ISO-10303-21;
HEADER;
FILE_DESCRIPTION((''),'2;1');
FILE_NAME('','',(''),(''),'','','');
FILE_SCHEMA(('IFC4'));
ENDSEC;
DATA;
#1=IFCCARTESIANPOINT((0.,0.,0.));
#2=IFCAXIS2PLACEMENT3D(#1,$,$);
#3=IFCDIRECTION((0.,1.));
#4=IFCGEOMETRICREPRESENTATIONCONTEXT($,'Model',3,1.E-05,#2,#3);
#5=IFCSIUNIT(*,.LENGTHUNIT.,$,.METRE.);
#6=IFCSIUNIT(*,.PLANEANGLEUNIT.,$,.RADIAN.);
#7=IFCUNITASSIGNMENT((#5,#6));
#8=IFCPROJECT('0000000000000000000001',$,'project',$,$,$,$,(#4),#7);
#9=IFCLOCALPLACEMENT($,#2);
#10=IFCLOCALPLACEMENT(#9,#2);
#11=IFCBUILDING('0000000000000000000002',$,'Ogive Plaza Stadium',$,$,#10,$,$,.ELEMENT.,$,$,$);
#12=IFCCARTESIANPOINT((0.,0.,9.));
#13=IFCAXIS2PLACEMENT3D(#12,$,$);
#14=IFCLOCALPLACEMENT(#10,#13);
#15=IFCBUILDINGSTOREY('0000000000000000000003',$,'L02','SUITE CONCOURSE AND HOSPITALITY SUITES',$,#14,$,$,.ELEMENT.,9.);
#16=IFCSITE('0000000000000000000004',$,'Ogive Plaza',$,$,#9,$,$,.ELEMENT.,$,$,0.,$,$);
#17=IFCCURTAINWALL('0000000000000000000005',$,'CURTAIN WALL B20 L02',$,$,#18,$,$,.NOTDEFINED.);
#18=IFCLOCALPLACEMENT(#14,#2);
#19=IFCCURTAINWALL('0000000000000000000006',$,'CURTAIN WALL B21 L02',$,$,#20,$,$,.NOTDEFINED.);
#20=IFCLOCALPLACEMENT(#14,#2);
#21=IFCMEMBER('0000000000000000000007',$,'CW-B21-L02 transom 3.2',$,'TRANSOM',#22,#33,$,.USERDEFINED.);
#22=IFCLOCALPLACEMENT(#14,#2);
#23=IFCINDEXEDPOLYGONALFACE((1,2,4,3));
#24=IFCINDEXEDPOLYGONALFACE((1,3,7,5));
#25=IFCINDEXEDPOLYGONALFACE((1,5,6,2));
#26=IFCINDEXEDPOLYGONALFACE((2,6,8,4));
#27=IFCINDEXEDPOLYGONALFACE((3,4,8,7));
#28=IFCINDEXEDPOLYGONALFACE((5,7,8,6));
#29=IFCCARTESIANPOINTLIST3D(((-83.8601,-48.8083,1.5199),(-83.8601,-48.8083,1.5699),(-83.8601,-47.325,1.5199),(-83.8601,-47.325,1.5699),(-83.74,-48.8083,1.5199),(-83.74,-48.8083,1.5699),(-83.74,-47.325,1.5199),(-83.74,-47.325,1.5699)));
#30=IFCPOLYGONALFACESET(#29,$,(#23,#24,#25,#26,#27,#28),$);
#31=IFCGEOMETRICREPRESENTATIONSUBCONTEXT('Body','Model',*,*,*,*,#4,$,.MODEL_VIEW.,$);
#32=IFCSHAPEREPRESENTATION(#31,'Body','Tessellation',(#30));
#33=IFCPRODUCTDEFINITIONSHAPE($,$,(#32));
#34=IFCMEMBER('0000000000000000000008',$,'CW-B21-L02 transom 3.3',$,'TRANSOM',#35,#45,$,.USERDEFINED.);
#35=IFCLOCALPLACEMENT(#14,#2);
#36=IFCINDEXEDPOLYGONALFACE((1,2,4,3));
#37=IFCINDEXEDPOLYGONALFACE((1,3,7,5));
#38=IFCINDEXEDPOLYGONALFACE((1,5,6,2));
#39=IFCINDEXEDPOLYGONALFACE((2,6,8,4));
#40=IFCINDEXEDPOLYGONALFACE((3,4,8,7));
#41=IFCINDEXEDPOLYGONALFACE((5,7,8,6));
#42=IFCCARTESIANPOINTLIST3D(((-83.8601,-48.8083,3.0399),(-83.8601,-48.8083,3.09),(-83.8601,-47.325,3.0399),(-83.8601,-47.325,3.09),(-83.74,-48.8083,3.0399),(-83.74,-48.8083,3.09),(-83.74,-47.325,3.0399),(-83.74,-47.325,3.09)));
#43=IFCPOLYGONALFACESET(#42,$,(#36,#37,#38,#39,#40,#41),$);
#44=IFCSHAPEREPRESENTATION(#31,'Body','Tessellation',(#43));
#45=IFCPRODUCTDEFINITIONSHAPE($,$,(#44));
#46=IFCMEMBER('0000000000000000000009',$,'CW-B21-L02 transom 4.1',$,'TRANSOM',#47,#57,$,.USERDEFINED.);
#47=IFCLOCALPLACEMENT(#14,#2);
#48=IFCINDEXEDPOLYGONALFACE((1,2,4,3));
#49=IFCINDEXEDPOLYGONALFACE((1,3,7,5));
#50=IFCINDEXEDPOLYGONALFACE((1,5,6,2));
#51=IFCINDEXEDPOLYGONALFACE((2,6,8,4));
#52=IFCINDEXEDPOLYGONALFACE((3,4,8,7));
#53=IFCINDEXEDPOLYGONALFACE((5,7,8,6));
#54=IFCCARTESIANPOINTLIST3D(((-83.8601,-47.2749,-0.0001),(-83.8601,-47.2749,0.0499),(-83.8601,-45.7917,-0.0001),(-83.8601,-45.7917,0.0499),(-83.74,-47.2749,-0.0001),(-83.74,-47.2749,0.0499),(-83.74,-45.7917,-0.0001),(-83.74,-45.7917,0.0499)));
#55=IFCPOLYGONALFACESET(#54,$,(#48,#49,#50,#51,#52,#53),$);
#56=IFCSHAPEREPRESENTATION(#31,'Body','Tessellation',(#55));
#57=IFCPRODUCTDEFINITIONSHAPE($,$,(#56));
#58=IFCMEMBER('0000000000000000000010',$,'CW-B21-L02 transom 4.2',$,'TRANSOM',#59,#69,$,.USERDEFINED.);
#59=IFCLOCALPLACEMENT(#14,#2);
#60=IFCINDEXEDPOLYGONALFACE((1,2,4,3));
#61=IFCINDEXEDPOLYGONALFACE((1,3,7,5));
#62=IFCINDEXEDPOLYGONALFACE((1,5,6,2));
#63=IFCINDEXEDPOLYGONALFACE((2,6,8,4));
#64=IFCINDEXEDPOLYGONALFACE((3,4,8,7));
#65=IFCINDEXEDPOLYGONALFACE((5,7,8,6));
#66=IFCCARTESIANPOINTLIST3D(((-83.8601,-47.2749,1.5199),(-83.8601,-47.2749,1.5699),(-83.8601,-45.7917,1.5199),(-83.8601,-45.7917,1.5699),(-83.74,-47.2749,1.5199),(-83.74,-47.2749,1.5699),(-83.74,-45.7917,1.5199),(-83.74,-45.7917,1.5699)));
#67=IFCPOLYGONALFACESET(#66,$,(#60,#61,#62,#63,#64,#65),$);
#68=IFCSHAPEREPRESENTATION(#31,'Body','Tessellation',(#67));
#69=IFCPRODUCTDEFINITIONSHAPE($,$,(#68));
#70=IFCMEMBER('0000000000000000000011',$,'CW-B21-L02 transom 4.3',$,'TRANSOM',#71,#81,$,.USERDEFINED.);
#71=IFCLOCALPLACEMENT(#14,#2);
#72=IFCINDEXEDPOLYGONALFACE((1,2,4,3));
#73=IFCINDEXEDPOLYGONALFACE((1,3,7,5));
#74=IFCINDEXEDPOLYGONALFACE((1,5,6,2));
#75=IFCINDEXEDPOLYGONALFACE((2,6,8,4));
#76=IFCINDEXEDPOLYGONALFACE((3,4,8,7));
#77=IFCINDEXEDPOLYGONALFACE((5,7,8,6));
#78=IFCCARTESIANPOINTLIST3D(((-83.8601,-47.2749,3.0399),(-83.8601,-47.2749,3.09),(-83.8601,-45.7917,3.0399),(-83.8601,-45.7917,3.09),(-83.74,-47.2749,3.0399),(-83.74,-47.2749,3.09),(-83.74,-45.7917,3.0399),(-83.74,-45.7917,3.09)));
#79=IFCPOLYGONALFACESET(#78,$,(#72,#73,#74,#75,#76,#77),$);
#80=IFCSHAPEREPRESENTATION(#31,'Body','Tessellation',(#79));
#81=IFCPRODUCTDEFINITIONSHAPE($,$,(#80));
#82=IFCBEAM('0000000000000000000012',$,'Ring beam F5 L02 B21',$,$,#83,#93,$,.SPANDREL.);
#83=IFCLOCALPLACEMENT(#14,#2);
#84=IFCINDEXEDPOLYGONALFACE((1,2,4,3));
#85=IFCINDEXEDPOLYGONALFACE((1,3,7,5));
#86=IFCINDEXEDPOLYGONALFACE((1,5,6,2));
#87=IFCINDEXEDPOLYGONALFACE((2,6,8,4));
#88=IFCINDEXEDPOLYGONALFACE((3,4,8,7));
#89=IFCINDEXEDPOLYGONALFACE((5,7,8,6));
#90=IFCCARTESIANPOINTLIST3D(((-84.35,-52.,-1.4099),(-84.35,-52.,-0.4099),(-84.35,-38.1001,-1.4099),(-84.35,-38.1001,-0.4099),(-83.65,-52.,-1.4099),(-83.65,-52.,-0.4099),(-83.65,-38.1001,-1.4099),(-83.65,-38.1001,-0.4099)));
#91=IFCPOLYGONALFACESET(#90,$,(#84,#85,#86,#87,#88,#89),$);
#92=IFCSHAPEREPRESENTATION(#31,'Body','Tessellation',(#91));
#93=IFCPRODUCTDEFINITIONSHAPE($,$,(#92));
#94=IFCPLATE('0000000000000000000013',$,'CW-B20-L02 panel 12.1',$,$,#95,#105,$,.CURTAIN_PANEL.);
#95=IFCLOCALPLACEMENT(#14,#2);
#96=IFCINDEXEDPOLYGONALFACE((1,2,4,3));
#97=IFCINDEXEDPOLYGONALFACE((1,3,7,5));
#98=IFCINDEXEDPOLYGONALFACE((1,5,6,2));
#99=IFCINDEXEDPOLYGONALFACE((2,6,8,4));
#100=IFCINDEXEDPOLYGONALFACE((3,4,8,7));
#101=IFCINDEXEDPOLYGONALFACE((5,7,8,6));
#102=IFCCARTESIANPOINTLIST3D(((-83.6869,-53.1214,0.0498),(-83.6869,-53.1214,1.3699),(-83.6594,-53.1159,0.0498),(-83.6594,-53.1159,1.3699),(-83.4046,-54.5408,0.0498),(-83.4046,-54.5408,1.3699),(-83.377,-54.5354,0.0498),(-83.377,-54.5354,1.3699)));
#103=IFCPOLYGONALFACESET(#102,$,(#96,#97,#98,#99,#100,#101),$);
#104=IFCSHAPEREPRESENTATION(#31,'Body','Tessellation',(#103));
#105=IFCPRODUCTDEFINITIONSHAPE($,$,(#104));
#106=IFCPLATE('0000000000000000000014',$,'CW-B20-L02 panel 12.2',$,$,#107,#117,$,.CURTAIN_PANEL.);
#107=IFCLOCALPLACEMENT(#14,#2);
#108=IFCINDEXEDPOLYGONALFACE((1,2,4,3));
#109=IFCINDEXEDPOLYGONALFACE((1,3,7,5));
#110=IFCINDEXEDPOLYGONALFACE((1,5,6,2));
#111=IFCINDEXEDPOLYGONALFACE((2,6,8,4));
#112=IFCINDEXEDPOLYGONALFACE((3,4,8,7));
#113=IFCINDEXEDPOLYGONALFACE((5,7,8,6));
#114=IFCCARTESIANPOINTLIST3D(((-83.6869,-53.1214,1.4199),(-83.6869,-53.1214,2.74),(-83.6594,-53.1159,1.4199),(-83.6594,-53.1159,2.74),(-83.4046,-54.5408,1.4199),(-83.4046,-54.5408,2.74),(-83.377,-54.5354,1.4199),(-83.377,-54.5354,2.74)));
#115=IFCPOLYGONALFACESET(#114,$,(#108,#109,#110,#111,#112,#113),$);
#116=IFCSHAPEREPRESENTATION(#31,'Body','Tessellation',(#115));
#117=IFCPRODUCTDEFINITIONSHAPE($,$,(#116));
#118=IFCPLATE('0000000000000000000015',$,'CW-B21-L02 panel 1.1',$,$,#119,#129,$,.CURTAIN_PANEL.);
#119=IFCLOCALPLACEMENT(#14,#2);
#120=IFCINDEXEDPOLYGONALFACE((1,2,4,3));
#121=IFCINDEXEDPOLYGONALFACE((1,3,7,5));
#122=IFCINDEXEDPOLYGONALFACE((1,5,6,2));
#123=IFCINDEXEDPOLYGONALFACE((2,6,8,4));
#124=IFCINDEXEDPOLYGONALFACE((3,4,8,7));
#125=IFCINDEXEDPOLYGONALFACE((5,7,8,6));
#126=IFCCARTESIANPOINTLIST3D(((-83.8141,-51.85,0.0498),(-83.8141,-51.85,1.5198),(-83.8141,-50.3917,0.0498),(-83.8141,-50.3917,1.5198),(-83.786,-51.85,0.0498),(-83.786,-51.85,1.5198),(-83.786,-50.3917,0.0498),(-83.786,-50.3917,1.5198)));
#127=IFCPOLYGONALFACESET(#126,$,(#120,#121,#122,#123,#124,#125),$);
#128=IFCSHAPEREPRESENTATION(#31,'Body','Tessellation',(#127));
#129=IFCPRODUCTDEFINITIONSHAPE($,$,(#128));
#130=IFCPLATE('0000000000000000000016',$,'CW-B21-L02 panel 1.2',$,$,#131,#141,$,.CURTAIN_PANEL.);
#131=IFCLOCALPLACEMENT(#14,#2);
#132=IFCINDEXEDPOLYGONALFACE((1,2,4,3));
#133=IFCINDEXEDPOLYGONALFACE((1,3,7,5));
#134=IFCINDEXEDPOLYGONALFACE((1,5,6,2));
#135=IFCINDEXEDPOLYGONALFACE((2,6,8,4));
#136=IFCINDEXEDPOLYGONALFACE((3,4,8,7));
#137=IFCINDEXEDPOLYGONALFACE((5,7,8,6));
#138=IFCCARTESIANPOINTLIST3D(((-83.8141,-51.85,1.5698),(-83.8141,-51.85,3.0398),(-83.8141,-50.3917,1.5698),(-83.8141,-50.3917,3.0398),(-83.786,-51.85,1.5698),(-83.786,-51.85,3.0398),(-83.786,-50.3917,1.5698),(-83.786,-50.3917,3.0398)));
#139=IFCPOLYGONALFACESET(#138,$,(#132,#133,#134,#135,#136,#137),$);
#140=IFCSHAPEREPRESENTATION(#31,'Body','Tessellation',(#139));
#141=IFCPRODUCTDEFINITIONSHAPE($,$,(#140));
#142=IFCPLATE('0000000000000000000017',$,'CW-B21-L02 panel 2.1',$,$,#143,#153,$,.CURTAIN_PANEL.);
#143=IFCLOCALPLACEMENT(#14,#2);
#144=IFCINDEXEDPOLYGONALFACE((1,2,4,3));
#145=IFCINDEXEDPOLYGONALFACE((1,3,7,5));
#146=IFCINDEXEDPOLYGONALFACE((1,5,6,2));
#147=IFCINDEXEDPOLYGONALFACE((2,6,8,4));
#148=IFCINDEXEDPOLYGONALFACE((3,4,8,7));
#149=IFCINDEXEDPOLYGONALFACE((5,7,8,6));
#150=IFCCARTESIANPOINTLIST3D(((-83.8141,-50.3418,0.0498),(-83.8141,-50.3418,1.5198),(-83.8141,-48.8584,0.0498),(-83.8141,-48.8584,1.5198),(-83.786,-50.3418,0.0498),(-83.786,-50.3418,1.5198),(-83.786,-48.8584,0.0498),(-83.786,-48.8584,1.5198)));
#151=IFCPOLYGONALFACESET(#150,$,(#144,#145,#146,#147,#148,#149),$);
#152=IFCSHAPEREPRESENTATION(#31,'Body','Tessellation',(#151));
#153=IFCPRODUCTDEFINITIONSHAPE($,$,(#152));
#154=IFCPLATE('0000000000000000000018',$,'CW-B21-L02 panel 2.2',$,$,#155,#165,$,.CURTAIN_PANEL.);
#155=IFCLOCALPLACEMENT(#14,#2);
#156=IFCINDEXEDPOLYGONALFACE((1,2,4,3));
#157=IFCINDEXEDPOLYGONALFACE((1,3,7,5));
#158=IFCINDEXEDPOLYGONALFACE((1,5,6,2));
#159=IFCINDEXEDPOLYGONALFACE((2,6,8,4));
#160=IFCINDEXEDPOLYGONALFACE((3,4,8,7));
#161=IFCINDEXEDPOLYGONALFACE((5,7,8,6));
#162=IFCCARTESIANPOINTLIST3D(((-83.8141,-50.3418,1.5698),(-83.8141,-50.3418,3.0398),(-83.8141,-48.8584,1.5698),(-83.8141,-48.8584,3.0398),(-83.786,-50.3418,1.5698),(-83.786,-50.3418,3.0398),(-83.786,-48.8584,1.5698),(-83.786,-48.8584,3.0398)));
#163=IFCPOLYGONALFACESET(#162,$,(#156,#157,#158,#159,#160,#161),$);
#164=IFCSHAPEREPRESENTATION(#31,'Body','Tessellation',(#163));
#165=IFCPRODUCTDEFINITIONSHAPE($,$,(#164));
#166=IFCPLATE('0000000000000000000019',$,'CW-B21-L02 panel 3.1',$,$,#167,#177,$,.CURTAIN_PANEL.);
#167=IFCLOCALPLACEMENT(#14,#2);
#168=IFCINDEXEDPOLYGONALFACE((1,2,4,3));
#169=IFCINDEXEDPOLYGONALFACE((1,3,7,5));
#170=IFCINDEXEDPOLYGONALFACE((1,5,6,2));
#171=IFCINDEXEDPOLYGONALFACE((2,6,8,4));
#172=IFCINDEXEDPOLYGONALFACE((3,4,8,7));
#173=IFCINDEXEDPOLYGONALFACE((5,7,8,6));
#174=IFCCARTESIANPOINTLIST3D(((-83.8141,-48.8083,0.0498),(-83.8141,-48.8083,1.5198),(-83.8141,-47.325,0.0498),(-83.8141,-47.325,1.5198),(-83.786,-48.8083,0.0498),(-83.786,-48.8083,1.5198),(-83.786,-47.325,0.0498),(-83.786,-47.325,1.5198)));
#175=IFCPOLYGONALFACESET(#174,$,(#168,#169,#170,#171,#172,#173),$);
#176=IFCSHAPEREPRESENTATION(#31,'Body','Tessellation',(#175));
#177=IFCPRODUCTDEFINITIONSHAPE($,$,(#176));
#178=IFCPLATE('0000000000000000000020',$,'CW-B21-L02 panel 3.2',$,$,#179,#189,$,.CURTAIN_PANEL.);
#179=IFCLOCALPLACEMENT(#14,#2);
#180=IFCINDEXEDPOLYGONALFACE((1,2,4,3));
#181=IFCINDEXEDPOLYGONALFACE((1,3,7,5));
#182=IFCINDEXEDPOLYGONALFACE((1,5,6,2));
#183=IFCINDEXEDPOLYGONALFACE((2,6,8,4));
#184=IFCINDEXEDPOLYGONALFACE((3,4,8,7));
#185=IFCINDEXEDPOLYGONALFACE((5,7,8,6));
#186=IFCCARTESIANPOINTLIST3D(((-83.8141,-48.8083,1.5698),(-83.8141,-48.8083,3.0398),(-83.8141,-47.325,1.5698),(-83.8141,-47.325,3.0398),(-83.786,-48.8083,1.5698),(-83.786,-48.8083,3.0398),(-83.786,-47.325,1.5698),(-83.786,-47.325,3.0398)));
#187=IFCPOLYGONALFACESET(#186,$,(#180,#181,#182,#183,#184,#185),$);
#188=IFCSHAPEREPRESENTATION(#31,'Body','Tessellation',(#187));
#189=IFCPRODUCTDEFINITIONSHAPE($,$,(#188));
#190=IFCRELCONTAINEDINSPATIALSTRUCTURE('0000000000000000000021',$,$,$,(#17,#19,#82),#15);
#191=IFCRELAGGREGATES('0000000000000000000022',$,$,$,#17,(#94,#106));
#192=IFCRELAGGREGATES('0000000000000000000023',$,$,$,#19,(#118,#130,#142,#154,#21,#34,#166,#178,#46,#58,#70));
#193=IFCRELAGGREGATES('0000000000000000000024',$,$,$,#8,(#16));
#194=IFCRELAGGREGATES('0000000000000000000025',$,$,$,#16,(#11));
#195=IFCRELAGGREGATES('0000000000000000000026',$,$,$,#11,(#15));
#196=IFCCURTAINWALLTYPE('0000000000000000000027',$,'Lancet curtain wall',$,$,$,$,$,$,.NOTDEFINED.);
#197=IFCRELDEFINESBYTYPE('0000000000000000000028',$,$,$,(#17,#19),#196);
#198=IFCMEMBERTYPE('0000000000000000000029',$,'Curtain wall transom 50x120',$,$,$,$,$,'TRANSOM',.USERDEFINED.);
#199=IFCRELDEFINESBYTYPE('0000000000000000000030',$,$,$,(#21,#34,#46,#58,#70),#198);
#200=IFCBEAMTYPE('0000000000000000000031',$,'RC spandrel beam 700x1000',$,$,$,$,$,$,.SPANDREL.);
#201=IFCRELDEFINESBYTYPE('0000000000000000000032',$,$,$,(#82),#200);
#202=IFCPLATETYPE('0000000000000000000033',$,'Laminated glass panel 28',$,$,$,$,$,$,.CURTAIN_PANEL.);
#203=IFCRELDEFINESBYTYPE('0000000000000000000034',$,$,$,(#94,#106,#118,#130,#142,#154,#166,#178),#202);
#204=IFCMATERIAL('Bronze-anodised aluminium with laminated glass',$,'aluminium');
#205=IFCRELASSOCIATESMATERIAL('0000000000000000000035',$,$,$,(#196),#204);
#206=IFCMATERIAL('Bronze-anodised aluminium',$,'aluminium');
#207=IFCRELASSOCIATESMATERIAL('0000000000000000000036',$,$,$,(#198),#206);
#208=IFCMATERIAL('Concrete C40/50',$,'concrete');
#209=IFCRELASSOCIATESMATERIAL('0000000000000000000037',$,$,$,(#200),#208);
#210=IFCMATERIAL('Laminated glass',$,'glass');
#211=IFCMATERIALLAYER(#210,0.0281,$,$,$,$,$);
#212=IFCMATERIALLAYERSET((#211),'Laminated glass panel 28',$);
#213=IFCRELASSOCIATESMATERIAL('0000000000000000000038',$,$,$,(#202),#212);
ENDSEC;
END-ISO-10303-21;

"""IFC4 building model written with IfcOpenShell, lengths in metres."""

from ifc_helpers import new_model, si_unit, direction, frame, origin, origin_2d, place, context, subcontext, project, spatial, rectangle, extrude, material, layer, layer_set, material_profile, profile_set, type_object, element, aggregate, save


model = new_model("IFC4")

# Units and contexts
model_context = context("Model", 3, precision=1e-05, world=origin(), true_north=direction((0.0, 1.0)))
body_context = subcontext(model_context, "Body", "Model", "MODEL_VIEW")
ifc_project = project(units=[si_unit("LENGTHUNIT", "METRE"), si_unit("PLANEANGLEUNIT", "RADIAN")], contexts=[model_context])

# Site, building, storey
site_placement = place(None, origin())
site = spatial("IfcSite", under=ifc_project, at=site_placement, Name="Ogive Plaza", CompositionType="ELEMENT", RefElevation=0.0)
building_placement = place(site_placement, origin())
building = spatial("IfcBuilding", under=site, at=building_placement, Name="Ogive Plaza Stadium", CompositionType="ELEMENT")
storey_placement = place(building_placement, frame((0.0, 0.0, 9.0)))
storey = spatial("IfcBuildingStorey", under=building, at=storey_placement, Name="L02", Description="SUITE CONCOURSE AND HOSPITALITY SUITES", CompositionType="ELEMENT", Elevation=9.0)

# Curtain wall
ifc_material_1 = material(Name="Bronze-anodised aluminium with laminated glass", Category="aluminium")
curtain_wall_type = type_object("IfcCurtainWallType", Name="Lancet curtain wall", PredefinedType="NOTDEFINED", material=ifc_material_1)
curtain_wall_1_placement = place(storey_placement, origin())
curtain_wall_1 = element("IfcCurtainWall", 1, at=curtain_wall_1_placement, inside=storey, type_object=curtain_wall_type, Name="CURTAIN WALL B20 L02", PredefinedType="NOTDEFINED")

# Curtain wall
curtain_wall_2_placement = place(storey_placement, origin())
curtain_wall_2 = element("IfcCurtainWall", 2, at=curtain_wall_2_placement, inside=storey, type_object=curtain_wall_type, Name="CURTAIN WALL B21 L02", PredefinedType="NOTDEFINED")

# Members
ifc_material_2 = material(Name="Bronze-anodised aluminium", Category="aluminium")
ifc_material_profile_1 = material_profile(ifc_material_2, rectangle(XDim=0.1201, YDim=0.05, at=origin_2d()), Name="AL 120x50")
ifc_profile_set_1 = profile_set([ifc_material_profile_1], Name="Bronze-anodised aluminium")
member_type_1 = type_object("IfcMemberType", Name="Curtain wall transom 50x120", ElementType="TRANSOM", PredefinedType="USERDEFINED", material=ifc_profile_set_1)
member_1_placement = place(storey_placement, frame((-83.8, -48.8083, 1.5449), z_axis=(0.0, 1.0, 0.0), x_axis=(-1.0, 0.0, 0.0)))
member_1 = element("IfcMember", 3, at=member_1_placement, type_object=member_type_1, Name="CW-B21-L02 transom 3.2", ObjectType="TRANSOM", PredefinedType="USERDEFINED", context=body_context, shape_type="SweptSolid", body=[
    extrude(rectangle(XDim=0.1201, YDim=0.05, at=origin_2d()), origin(), (0.0, 0.0, 1.0), 1.4834),
])
member_2_placement = place(storey_placement, frame((-83.8, -48.8083, 3.0649), z_axis=(0.0, 1.0, 0.0), x_axis=(-1.0, 0.0, 0.0)))
member_2 = element("IfcMember", 4, at=member_2_placement, type_object=member_type_1, Name="CW-B21-L02 transom 3.3", ObjectType="TRANSOM", PredefinedType="USERDEFINED", context=body_context, shape_type="SweptSolid", body=[
    extrude(rectangle(XDim=0.1201, YDim=0.05, at=origin_2d()), origin(), (0.0, 0.0, 1.0), 1.4834),
])
member_3_placement = place(storey_placement, frame((-83.8, -47.2749, 0.0249), z_axis=(0.0, 1.0, 0.0), x_axis=(-1.0, 0.0, 0.0)))
member_3 = element("IfcMember", 5, at=member_3_placement, type_object=member_type_1, Name="CW-B21-L02 transom 4.1", ObjectType="TRANSOM", PredefinedType="USERDEFINED", context=body_context, shape_type="SweptSolid", body=[
    extrude(rectangle(XDim=0.1201, YDim=0.05, at=origin_2d()), origin(), (0.0, 0.0, 1.0), 1.4832),
])
member_4_placement = place(storey_placement, frame((-83.8, -47.2749, 1.5449), z_axis=(0.0, 1.0, 0.0), x_axis=(-1.0, 0.0, 0.0)))
member_4 = element("IfcMember", 6, at=member_4_placement, type_object=member_type_1, Name="CW-B21-L02 transom 4.2", ObjectType="TRANSOM", PredefinedType="USERDEFINED", context=body_context, shape_type="SweptSolid", body=[
    extrude(rectangle(XDim=0.1201, YDim=0.05, at=origin_2d()), origin(), (0.0, 0.0, 1.0), 1.4832),
])
member_5_placement = place(storey_placement, frame((-83.8, -47.2749, 3.0649), z_axis=(0.0, 1.0, 0.0), x_axis=(-1.0, 0.0, 0.0)))
member_5 = element("IfcMember", 7, at=member_5_placement, type_object=member_type_1, Name="CW-B21-L02 transom 4.3", ObjectType="TRANSOM", PredefinedType="USERDEFINED", context=body_context, shape_type="SweptSolid", body=[
    extrude(rectangle(XDim=0.1201, YDim=0.05, at=origin_2d()), origin(), (0.0, 0.0, 1.0), 1.4832),
])

# Beam
ifc_material_3 = material(Name="Concrete C40/50", Category="concrete")
ifc_material_profile_2 = material_profile(ifc_material_3, rectangle(XDim=0.7, YDim=1.0, at=origin_2d()), Name="RC 700x1000")
ifc_profile_set_2 = profile_set([ifc_material_profile_2], Name="Concrete C40/50")
beam_type = type_object("IfcBeamType", Name="RC spandrel beam 700x1000", PredefinedType="SPANDREL", material=ifc_profile_set_2)
beam_placement = place(storey_placement, frame((-84.0, -52.0, -0.9099), z_axis=(0.0, 1.0, 0.0), x_axis=(-1.0, 0.0, 0.0)))
element("IfcBeam", 8, at=beam_placement, inside=storey, type_object=beam_type, Name="Ring beam F5 L02 B21", PredefinedType="SPANDREL", context=body_context, shape_type="SweptSolid", body=[
    extrude(rectangle(XDim=0.7, YDim=1.0, at=origin_2d()), origin(), (0.0, 0.0, 1.0), 13.8999),
])

# Plates
ifc_material_4 = material(Name="Laminated glass", Category="glass")
ifc_layer = layer(ifc_material_4, 0.0281)
ifc_layer_set = layer_set([ifc_layer], Name="Laminated glass panel 28")
plate_type = type_object("IfcPlateType", Name="Laminated glass panel 28", PredefinedType="CURTAIN_PANEL", material=ifc_layer_set)
plate_1_placement = place(storey_placement, frame((-83.532, -53.8284, 0.0498), z_axis=(0.0, 0.0, 1.0), x_axis=(-0.19509, 0.980785, 0.0)))
plate_1 = element("IfcPlate", 9, at=plate_1_placement, type_object=plate_type, Name="CW-B20-L02 panel 12.1", PredefinedType="CURTAIN_PANEL", context=body_context, shape_type="SweptSolid", body=[
    extrude(rectangle(XDim=1.4473, YDim=0.0281, at=origin_2d()), origin(), (0.0, 0.0, 1.0), 1.3201),
])
plate_2_placement = place(storey_placement, frame((-83.532, -53.8284, 1.4199), z_axis=(0.0, 0.0, 1.0), x_axis=(-0.19509, 0.980785, 0.0)))
plate_2 = element("IfcPlate", 10, at=plate_2_placement, type_object=plate_type, Name="CW-B20-L02 panel 12.2", PredefinedType="CURTAIN_PANEL", context=body_context, shape_type="SweptSolid", body=[
    extrude(rectangle(XDim=1.4473, YDim=0.0281, at=origin_2d()), origin(), (0.0, 0.0, 1.0), 1.3201),
])
aggregate(curtain_wall_1, [plate_1, plate_2])
plate_3_placement = place(storey_placement, frame((-83.8, -51.1208, 0.0498), z_axis=(0.0, 0.0, 1.0), x_axis=(0.0, 1.0, 0.0)))
plate_3 = element("IfcPlate", 11, at=plate_3_placement, type_object=plate_type, Name="CW-B21-L02 panel 1.1", PredefinedType="CURTAIN_PANEL", context=body_context, shape_type="SweptSolid", body=[
    extrude(rectangle(XDim=1.4583, YDim=0.0281, at=origin_2d()), origin(), (0.0, 0.0, 1.0), 1.47),
])
plate_4_placement = place(storey_placement, frame((-83.8, -51.1208, 1.5698), z_axis=(0.0, 0.0, 1.0), x_axis=(0.0, 1.0, 0.0)))
plate_4 = element("IfcPlate", 12, at=plate_4_placement, type_object=plate_type, Name="CW-B21-L02 panel 1.2", PredefinedType="CURTAIN_PANEL", context=body_context, shape_type="SweptSolid", body=[
    extrude(rectangle(XDim=1.4583, YDim=0.0281, at=origin_2d()), origin(), (0.0, 0.0, 1.0), 1.47),
])
plate_5_placement = place(storey_placement, frame((-83.8, -49.6001, 0.0498), z_axis=(0.0, 0.0, 1.0), x_axis=(0.0, 1.0, 0.0)))
plate_5 = element("IfcPlate", 13, at=plate_5_placement, type_object=plate_type, Name="CW-B21-L02 panel 2.1", PredefinedType="CURTAIN_PANEL", context=body_context, shape_type="SweptSolid", body=[
    extrude(rectangle(XDim=1.4834, YDim=0.0281, at=origin_2d()), origin(), (0.0, 0.0, 1.0), 1.47),
])
plate_6_placement = place(storey_placement, frame((-83.8, -49.6001, 1.5698), z_axis=(0.0, 0.0, 1.0), x_axis=(0.0, 1.0, 0.0)))
plate_6 = element("IfcPlate", 14, at=plate_6_placement, type_object=plate_type, Name="CW-B21-L02 panel 2.2", PredefinedType="CURTAIN_PANEL", context=body_context, shape_type="SweptSolid", body=[
    extrude(rectangle(XDim=1.4834, YDim=0.0281, at=origin_2d()), origin(), (0.0, 0.0, 1.0), 1.47),
])
plate_7_placement = place(storey_placement, frame((-83.8, -48.0667, 0.0498), z_axis=(0.0, 0.0, 1.0), x_axis=(0.0, 1.0, 0.0)))
plate_7 = element("IfcPlate", 15, at=plate_7_placement, type_object=plate_type, Name="CW-B21-L02 panel 3.1", PredefinedType="CURTAIN_PANEL", context=body_context, shape_type="SweptSolid", body=[
    extrude(rectangle(XDim=1.4834, YDim=0.0281, at=origin_2d()), origin(), (0.0, 0.0, 1.0), 1.47),
])
plate_8_placement = place(storey_placement, frame((-83.8, -48.0667, 1.5698), z_axis=(0.0, 0.0, 1.0), x_axis=(0.0, 1.0, 0.0)))
plate_8 = element("IfcPlate", 16, at=plate_8_placement, type_object=plate_type, Name="CW-B21-L02 panel 3.2", PredefinedType="CURTAIN_PANEL", context=body_context, shape_type="SweptSolid", body=[
    extrude(rectangle(XDim=1.4834, YDim=0.0281, at=origin_2d()), origin(), (0.0, 0.0, 1.0), 1.47),
])
aggregate(curtain_wall_2, [plate_3, plate_4, plate_5, plate_6, member_1, member_2, plate_7, plate_8, member_3, member_4, member_5])

save(model, "model.ifc")
